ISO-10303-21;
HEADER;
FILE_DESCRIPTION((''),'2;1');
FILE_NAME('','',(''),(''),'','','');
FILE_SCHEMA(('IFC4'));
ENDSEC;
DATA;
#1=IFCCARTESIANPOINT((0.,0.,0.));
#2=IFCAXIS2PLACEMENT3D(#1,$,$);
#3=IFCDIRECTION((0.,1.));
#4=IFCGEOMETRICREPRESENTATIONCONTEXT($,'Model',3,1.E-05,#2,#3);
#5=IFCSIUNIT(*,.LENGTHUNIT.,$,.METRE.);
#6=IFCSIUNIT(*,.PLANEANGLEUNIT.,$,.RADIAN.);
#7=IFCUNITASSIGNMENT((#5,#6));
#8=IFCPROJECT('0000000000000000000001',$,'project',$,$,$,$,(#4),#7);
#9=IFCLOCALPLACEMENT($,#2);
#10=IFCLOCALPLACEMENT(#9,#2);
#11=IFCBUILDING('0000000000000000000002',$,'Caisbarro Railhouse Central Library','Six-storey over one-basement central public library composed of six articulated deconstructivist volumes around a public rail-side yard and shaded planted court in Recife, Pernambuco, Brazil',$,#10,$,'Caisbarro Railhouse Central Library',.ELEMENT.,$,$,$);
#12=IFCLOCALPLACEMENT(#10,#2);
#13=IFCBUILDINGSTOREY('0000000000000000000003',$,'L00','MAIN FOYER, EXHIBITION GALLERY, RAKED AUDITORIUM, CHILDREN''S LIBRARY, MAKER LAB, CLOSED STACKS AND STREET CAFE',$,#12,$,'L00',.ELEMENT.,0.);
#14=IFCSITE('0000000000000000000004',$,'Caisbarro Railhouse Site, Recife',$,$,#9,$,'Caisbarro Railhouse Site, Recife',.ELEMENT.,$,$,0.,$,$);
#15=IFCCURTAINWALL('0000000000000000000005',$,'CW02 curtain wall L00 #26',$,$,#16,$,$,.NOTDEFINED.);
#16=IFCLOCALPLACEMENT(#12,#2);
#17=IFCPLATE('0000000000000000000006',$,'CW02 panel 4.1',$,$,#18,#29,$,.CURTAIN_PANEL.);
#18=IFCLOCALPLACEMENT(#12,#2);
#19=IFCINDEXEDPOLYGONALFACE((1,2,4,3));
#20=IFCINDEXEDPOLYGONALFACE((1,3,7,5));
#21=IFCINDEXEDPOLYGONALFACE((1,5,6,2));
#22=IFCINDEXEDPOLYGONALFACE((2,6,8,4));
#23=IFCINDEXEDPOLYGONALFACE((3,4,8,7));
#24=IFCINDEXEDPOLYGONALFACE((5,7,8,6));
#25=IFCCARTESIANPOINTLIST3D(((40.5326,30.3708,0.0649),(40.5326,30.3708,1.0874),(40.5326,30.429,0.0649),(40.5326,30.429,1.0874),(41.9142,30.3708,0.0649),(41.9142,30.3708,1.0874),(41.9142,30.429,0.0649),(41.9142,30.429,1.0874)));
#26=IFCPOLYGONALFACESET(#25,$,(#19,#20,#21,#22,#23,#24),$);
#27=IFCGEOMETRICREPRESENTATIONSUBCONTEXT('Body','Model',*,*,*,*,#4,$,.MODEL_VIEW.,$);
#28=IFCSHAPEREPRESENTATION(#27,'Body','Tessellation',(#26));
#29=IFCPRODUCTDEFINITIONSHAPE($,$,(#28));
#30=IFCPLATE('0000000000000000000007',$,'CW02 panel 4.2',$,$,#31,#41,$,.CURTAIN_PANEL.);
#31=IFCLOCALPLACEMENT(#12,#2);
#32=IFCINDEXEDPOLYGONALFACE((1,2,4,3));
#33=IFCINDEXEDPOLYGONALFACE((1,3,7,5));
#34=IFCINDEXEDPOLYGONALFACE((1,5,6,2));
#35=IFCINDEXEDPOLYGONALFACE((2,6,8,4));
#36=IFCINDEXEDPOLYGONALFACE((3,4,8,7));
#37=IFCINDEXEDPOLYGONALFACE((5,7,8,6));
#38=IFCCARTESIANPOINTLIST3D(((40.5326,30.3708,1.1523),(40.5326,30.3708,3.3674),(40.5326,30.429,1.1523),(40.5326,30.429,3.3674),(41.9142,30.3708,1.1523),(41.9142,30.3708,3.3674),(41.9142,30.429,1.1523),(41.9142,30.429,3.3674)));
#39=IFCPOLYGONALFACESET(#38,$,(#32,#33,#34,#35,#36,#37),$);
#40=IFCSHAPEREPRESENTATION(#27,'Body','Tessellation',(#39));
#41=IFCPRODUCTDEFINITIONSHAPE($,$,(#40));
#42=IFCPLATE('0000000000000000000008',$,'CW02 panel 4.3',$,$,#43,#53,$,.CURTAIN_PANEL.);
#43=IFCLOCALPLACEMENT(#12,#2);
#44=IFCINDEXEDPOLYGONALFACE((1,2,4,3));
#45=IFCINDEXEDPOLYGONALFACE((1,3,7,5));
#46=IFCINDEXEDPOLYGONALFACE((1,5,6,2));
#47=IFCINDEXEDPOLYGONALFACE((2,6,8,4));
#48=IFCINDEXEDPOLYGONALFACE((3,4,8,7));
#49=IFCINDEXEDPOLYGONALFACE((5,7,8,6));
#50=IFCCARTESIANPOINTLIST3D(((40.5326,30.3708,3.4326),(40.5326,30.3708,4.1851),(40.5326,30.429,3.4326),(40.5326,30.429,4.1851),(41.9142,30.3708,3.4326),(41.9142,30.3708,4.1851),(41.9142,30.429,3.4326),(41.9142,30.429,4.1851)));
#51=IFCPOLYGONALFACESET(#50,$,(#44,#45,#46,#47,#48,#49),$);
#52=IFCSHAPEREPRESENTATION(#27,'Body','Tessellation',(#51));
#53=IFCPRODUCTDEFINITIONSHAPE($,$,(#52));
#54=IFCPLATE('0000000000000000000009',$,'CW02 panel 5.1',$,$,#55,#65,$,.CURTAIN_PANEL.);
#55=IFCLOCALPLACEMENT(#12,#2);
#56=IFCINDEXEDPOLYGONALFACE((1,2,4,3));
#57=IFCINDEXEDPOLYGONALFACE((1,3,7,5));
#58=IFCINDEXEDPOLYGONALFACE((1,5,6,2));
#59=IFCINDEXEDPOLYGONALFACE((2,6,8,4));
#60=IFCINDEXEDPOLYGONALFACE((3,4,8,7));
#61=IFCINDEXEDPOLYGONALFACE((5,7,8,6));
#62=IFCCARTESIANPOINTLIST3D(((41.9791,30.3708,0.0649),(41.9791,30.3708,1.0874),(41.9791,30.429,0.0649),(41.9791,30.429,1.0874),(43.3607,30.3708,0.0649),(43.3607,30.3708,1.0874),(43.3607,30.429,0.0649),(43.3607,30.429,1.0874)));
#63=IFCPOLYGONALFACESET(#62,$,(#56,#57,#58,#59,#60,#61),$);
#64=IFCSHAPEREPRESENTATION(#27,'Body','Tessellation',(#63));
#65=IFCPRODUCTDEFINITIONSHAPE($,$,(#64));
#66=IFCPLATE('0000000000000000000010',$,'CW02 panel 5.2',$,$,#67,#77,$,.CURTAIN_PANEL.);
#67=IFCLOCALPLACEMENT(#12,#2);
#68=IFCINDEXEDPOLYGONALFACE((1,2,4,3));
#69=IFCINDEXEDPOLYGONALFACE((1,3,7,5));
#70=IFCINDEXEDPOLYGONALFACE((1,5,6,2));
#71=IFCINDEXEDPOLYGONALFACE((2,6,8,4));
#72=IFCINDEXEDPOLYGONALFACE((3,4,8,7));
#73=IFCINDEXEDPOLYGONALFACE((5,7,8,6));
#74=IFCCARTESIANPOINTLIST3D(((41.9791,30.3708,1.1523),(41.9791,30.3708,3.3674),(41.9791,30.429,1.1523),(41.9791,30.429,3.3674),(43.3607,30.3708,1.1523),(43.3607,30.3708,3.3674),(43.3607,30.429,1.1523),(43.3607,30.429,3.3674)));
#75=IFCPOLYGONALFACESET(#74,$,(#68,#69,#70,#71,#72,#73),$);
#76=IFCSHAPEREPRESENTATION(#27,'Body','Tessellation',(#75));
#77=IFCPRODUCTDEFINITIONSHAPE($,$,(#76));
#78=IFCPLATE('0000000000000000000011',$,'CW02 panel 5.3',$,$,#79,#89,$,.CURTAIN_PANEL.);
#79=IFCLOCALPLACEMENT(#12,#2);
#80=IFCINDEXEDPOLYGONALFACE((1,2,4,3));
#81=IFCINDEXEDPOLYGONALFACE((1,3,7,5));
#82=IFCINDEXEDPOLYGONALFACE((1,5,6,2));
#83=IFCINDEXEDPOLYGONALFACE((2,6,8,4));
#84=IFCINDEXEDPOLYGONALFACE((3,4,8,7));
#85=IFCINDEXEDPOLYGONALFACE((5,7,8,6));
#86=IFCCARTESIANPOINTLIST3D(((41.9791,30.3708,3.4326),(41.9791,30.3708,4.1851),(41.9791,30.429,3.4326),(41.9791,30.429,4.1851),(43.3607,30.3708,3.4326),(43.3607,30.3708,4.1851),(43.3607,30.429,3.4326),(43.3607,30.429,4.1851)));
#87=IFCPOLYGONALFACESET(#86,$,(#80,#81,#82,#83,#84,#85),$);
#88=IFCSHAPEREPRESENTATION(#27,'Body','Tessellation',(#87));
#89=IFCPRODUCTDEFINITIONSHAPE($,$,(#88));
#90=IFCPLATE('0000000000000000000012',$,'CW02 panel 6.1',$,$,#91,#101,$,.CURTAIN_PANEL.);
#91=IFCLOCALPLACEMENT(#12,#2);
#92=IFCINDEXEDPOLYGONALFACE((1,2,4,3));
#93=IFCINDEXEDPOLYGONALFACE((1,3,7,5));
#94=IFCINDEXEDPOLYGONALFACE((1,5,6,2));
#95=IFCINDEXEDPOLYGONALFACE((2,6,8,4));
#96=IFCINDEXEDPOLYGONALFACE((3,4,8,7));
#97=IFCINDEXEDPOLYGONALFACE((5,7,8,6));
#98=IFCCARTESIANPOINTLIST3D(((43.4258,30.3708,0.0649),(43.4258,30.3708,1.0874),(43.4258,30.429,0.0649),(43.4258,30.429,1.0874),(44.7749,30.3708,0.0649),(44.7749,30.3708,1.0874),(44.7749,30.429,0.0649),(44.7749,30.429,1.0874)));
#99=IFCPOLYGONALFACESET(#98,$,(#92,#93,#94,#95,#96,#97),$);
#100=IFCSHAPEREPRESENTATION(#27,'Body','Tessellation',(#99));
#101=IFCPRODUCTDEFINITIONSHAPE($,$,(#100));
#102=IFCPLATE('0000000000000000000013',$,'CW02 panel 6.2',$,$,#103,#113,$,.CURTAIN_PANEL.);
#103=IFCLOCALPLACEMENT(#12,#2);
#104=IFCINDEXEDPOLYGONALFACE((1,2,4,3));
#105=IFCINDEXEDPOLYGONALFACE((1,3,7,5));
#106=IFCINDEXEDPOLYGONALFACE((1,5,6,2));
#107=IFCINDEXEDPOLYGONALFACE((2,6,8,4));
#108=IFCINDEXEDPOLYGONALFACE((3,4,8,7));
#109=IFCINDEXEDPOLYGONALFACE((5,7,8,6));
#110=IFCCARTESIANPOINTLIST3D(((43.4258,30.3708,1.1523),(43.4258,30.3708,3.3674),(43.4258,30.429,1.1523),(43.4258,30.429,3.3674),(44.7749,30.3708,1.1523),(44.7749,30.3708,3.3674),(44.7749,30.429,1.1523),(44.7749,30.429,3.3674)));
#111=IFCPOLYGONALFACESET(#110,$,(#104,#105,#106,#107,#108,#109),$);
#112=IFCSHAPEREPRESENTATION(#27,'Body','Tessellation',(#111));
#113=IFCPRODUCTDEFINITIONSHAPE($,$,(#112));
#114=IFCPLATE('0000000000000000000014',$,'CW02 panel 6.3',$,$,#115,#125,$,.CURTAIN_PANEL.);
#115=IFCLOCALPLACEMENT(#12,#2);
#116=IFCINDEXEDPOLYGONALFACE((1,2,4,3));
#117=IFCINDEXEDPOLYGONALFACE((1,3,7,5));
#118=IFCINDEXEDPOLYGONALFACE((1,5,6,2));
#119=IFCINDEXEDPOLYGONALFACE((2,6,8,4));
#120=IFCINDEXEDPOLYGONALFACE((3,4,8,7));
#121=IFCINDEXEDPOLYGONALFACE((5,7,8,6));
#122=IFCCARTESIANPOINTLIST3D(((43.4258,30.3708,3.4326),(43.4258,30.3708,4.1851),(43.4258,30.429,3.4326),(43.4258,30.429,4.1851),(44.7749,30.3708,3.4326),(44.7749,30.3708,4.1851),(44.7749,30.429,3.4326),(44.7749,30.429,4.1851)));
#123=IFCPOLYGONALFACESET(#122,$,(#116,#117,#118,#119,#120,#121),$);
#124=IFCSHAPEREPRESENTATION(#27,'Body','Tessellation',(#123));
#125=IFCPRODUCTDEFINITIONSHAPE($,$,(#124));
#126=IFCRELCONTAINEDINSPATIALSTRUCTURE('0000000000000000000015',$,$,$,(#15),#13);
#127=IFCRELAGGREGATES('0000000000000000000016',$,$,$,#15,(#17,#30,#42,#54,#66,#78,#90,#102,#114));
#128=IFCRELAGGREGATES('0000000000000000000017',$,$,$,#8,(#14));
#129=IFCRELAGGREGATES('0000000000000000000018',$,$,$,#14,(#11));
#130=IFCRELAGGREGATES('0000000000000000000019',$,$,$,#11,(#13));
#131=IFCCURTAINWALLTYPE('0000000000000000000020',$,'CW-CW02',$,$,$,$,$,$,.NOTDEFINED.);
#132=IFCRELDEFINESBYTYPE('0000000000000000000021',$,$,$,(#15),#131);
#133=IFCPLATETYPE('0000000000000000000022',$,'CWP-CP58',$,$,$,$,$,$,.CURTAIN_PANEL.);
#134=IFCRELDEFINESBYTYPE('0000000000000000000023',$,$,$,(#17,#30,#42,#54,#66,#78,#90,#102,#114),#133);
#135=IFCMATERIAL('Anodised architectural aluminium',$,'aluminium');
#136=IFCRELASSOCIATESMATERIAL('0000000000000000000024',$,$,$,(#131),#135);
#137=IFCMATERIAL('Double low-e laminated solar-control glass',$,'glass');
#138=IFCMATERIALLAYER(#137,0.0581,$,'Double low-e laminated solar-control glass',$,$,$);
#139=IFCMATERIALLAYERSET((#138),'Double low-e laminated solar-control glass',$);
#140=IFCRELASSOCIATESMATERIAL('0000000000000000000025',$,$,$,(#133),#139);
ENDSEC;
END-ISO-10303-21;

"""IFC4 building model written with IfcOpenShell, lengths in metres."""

from ifc_helpers import new_model, si_unit, direction, frame, origin, origin_2d, place, context, subcontext, project, spatial, rectangle, extrude, material, layer, layer_set, type_object, element, aggregate, save


model = new_model("IFC4")

# Units and contexts
model_context = context("Model", 3, precision=1e-05, world=origin(), true_north=direction((0.0, 1.0)))
body_context = subcontext(model_context, "Body", "Model", "MODEL_VIEW")
ifc_project = project(units=[si_unit("LENGTHUNIT", "METRE"), si_unit("PLANEANGLEUNIT", "RADIAN")], contexts=[model_context])

# Site, building, storey
site_placement = place(None, origin())
site = spatial("IfcSite", under=ifc_project, at=site_placement, Name="Caisbarro Railhouse Site, Recife", LongName="Caisbarro Railhouse Site, Recife", CompositionType="ELEMENT", RefElevation=0.0)
building_placement = place(site_placement, origin())
building = spatial("IfcBuilding", under=site, at=building_placement, Name="Caisbarro Railhouse Central Library", Description="Six-storey over one-basement central public library composed of six articulated deconstructivist volumes around a public rail-side yard and shaded planted court in Recife, Pernambuco, Brazil", LongName="Caisbarro Railhouse Central Library", CompositionType="ELEMENT")
storey_placement = place(building_placement, origin())
storey = spatial("IfcBuildingStorey", under=building, at=storey_placement, Name="L00", Description="MAIN FOYER, EXHIBITION GALLERY, RAKED AUDITORIUM, CHILDREN'S LIBRARY, MAKER LAB, CLOSED STACKS AND STREET CAFE", LongName="L00", CompositionType="ELEMENT", Elevation=0.0)

# Curtain wall
ifc_material_1 = material(Name="Anodised architectural aluminium", Category="aluminium")
curtain_wall_type = type_object("IfcCurtainWallType", Name="CW-CW02", PredefinedType="NOTDEFINED", material=ifc_material_1)
curtain_wall_1_placement = place(storey_placement, origin())
curtain_wall_1 = element("IfcCurtainWall", 1, at=curtain_wall_1_placement, inside=storey, type_object=curtain_wall_type, Name="CW02 curtain wall L00 #26", PredefinedType="NOTDEFINED")

# Plates
ifc_material_2 = material(Name="Double low-e laminated solar-control glass", Category="glass")
ifc_layer = layer(ifc_material_2, 0.0581, Name="Double low-e laminated solar-control glass")
ifc_layer_set = layer_set([ifc_layer], Name="Double low-e laminated solar-control glass")
plate_type = type_object("IfcPlateType", Name="CWP-CP58", PredefinedType="CURTAIN_PANEL", material=ifc_layer_set)
plate_1_placement = place(storey_placement, frame((41.2234, 30.3999, 0.0649), z_axis=(0.0, 0.0, 1.0), x_axis=(1.0, 0.0, 0.0)))
plate_1 = element("IfcPlate", 2, at=plate_1_placement, type_object=plate_type, Name="CW02 panel 4.1", PredefinedType="CURTAIN_PANEL", context=body_context, shape_type="SweptSolid", body=[
    extrude(rectangle(XDim=1.3816, YDim=0.0581, at=origin_2d()), origin(), (0.0, 0.0, 1.0), 1.0225),
])
plate_2_placement = place(storey_placement, frame((41.2234, 30.3999, 1.1523), z_axis=(0.0, 0.0, 1.0), x_axis=(1.0, 0.0, 0.0)))
plate_2 = element("IfcPlate", 3, at=plate_2_placement, type_object=plate_type, Name="CW02 panel 4.2", PredefinedType="CURTAIN_PANEL", context=body_context, shape_type="SweptSolid", body=[
    extrude(rectangle(XDim=1.3816, YDim=0.0581, at=origin_2d()), origin(), (0.0, 0.0, 1.0), 2.2151),
])
plate_3_placement = place(storey_placement, frame((41.2234, 30.3999, 3.4326), z_axis=(0.0, 0.0, 1.0), x_axis=(1.0, 0.0, 0.0)))
plate_3 = element("IfcPlate", 4, at=plate_3_placement, type_object=plate_type, Name="CW02 panel 4.3", PredefinedType="CURTAIN_PANEL", context=body_context, shape_type="SweptSolid", body=[
    extrude(rectangle(XDim=1.3816, YDim=0.0581, at=origin_2d()), origin(), (0.0, 0.0, 1.0), 0.7524),
])
plate_4_placement = place(storey_placement, frame((42.6699, 30.3999, 0.0649), z_axis=(0.0, 0.0, 1.0), x_axis=(1.0, 0.0, 0.0)))
plate_4 = element("IfcPlate", 5, at=plate_4_placement, type_object=plate_type, Name="CW02 panel 5.1", PredefinedType="CURTAIN_PANEL", context=body_context, shape_type="SweptSolid", body=[
    extrude(rectangle(XDim=1.3816, YDim=0.0581, at=origin_2d()), origin(), (0.0, 0.0, 1.0), 1.0225),
])
plate_5_placement = place(storey_placement, frame((42.6699, 30.3999, 1.1523), z_axis=(0.0, 0.0, 1.0), x_axis=(1.0, 0.0, 0.0)))
plate_5 = element("IfcPlate", 6, at=plate_5_placement, type_object=plate_type, Name="CW02 panel 5.2", PredefinedType="CURTAIN_PANEL", context=body_context, shape_type="SweptSolid", body=[
    extrude(rectangle(XDim=1.3816, YDim=0.0581, at=origin_2d()), origin(), (0.0, 0.0, 1.0), 2.2151),
])
plate_6_placement = place(storey_placement, frame((42.6699, 30.3999, 3.4326), z_axis=(0.0, 0.0, 1.0), x_axis=(1.0, 0.0, 0.0)))
plate_6 = element("IfcPlate", 7, at=plate_6_placement, type_object=plate_type, Name="CW02 panel 5.3", PredefinedType="CURTAIN_PANEL", context=body_context, shape_type="SweptSolid", body=[
    extrude(rectangle(XDim=1.3816, YDim=0.0581, at=origin_2d()), origin(), (0.0, 0.0, 1.0), 0.7524),
])
plate_7_placement = place(storey_placement, frame((44.1003, 30.3999, 0.0649), z_axis=(0.0, 0.0, 1.0), x_axis=(1.0, 0.0, 0.0)))
plate_7 = element("IfcPlate", 8, at=plate_7_placement, type_object=plate_type, Name="CW02 panel 6.1", PredefinedType="CURTAIN_PANEL", context=body_context, shape_type="SweptSolid", body=[
    extrude(rectangle(XDim=1.3491, YDim=0.0581, at=origin_2d()), origin(), (0.0, 0.0, 1.0), 1.0225),
])
plate_8_placement = place(storey_placement, frame((44.1003, 30.3999, 1.1523), z_axis=(0.0, 0.0, 1.0), x_axis=(1.0, 0.0, 0.0)))
plate_8 = element("IfcPlate", 9, at=plate_8_placement, type_object=plate_type, Name="CW02 panel 6.2", PredefinedType="CURTAIN_PANEL", context=body_context, shape_type="SweptSolid", body=[
    extrude(rectangle(XDim=1.3491, YDim=0.0581, at=origin_2d()), origin(), (0.0, 0.0, 1.0), 2.2151),
])
plate_9_placement = place(storey_placement, frame((44.1003, 30.3999, 3.4326), z_axis=(0.0, 0.0, 1.0), x_axis=(1.0, 0.0, 0.0)))
plate_9 = element("IfcPlate", 10, at=plate_9_placement, type_object=plate_type, Name="CW02 panel 6.3", PredefinedType="CURTAIN_PANEL", context=body_context, shape_type="SweptSolid", body=[
    extrude(rectangle(XDim=1.3491, YDim=0.0581, at=origin_2d()), origin(), (0.0, 0.0, 1.0), 0.7524),
])
aggregate(curtain_wall_1, [plate_1, plate_2, plate_3, plate_4, plate_5, plate_6, plate_7, plate_8, plate_9])

save(model, "model.ifc")
